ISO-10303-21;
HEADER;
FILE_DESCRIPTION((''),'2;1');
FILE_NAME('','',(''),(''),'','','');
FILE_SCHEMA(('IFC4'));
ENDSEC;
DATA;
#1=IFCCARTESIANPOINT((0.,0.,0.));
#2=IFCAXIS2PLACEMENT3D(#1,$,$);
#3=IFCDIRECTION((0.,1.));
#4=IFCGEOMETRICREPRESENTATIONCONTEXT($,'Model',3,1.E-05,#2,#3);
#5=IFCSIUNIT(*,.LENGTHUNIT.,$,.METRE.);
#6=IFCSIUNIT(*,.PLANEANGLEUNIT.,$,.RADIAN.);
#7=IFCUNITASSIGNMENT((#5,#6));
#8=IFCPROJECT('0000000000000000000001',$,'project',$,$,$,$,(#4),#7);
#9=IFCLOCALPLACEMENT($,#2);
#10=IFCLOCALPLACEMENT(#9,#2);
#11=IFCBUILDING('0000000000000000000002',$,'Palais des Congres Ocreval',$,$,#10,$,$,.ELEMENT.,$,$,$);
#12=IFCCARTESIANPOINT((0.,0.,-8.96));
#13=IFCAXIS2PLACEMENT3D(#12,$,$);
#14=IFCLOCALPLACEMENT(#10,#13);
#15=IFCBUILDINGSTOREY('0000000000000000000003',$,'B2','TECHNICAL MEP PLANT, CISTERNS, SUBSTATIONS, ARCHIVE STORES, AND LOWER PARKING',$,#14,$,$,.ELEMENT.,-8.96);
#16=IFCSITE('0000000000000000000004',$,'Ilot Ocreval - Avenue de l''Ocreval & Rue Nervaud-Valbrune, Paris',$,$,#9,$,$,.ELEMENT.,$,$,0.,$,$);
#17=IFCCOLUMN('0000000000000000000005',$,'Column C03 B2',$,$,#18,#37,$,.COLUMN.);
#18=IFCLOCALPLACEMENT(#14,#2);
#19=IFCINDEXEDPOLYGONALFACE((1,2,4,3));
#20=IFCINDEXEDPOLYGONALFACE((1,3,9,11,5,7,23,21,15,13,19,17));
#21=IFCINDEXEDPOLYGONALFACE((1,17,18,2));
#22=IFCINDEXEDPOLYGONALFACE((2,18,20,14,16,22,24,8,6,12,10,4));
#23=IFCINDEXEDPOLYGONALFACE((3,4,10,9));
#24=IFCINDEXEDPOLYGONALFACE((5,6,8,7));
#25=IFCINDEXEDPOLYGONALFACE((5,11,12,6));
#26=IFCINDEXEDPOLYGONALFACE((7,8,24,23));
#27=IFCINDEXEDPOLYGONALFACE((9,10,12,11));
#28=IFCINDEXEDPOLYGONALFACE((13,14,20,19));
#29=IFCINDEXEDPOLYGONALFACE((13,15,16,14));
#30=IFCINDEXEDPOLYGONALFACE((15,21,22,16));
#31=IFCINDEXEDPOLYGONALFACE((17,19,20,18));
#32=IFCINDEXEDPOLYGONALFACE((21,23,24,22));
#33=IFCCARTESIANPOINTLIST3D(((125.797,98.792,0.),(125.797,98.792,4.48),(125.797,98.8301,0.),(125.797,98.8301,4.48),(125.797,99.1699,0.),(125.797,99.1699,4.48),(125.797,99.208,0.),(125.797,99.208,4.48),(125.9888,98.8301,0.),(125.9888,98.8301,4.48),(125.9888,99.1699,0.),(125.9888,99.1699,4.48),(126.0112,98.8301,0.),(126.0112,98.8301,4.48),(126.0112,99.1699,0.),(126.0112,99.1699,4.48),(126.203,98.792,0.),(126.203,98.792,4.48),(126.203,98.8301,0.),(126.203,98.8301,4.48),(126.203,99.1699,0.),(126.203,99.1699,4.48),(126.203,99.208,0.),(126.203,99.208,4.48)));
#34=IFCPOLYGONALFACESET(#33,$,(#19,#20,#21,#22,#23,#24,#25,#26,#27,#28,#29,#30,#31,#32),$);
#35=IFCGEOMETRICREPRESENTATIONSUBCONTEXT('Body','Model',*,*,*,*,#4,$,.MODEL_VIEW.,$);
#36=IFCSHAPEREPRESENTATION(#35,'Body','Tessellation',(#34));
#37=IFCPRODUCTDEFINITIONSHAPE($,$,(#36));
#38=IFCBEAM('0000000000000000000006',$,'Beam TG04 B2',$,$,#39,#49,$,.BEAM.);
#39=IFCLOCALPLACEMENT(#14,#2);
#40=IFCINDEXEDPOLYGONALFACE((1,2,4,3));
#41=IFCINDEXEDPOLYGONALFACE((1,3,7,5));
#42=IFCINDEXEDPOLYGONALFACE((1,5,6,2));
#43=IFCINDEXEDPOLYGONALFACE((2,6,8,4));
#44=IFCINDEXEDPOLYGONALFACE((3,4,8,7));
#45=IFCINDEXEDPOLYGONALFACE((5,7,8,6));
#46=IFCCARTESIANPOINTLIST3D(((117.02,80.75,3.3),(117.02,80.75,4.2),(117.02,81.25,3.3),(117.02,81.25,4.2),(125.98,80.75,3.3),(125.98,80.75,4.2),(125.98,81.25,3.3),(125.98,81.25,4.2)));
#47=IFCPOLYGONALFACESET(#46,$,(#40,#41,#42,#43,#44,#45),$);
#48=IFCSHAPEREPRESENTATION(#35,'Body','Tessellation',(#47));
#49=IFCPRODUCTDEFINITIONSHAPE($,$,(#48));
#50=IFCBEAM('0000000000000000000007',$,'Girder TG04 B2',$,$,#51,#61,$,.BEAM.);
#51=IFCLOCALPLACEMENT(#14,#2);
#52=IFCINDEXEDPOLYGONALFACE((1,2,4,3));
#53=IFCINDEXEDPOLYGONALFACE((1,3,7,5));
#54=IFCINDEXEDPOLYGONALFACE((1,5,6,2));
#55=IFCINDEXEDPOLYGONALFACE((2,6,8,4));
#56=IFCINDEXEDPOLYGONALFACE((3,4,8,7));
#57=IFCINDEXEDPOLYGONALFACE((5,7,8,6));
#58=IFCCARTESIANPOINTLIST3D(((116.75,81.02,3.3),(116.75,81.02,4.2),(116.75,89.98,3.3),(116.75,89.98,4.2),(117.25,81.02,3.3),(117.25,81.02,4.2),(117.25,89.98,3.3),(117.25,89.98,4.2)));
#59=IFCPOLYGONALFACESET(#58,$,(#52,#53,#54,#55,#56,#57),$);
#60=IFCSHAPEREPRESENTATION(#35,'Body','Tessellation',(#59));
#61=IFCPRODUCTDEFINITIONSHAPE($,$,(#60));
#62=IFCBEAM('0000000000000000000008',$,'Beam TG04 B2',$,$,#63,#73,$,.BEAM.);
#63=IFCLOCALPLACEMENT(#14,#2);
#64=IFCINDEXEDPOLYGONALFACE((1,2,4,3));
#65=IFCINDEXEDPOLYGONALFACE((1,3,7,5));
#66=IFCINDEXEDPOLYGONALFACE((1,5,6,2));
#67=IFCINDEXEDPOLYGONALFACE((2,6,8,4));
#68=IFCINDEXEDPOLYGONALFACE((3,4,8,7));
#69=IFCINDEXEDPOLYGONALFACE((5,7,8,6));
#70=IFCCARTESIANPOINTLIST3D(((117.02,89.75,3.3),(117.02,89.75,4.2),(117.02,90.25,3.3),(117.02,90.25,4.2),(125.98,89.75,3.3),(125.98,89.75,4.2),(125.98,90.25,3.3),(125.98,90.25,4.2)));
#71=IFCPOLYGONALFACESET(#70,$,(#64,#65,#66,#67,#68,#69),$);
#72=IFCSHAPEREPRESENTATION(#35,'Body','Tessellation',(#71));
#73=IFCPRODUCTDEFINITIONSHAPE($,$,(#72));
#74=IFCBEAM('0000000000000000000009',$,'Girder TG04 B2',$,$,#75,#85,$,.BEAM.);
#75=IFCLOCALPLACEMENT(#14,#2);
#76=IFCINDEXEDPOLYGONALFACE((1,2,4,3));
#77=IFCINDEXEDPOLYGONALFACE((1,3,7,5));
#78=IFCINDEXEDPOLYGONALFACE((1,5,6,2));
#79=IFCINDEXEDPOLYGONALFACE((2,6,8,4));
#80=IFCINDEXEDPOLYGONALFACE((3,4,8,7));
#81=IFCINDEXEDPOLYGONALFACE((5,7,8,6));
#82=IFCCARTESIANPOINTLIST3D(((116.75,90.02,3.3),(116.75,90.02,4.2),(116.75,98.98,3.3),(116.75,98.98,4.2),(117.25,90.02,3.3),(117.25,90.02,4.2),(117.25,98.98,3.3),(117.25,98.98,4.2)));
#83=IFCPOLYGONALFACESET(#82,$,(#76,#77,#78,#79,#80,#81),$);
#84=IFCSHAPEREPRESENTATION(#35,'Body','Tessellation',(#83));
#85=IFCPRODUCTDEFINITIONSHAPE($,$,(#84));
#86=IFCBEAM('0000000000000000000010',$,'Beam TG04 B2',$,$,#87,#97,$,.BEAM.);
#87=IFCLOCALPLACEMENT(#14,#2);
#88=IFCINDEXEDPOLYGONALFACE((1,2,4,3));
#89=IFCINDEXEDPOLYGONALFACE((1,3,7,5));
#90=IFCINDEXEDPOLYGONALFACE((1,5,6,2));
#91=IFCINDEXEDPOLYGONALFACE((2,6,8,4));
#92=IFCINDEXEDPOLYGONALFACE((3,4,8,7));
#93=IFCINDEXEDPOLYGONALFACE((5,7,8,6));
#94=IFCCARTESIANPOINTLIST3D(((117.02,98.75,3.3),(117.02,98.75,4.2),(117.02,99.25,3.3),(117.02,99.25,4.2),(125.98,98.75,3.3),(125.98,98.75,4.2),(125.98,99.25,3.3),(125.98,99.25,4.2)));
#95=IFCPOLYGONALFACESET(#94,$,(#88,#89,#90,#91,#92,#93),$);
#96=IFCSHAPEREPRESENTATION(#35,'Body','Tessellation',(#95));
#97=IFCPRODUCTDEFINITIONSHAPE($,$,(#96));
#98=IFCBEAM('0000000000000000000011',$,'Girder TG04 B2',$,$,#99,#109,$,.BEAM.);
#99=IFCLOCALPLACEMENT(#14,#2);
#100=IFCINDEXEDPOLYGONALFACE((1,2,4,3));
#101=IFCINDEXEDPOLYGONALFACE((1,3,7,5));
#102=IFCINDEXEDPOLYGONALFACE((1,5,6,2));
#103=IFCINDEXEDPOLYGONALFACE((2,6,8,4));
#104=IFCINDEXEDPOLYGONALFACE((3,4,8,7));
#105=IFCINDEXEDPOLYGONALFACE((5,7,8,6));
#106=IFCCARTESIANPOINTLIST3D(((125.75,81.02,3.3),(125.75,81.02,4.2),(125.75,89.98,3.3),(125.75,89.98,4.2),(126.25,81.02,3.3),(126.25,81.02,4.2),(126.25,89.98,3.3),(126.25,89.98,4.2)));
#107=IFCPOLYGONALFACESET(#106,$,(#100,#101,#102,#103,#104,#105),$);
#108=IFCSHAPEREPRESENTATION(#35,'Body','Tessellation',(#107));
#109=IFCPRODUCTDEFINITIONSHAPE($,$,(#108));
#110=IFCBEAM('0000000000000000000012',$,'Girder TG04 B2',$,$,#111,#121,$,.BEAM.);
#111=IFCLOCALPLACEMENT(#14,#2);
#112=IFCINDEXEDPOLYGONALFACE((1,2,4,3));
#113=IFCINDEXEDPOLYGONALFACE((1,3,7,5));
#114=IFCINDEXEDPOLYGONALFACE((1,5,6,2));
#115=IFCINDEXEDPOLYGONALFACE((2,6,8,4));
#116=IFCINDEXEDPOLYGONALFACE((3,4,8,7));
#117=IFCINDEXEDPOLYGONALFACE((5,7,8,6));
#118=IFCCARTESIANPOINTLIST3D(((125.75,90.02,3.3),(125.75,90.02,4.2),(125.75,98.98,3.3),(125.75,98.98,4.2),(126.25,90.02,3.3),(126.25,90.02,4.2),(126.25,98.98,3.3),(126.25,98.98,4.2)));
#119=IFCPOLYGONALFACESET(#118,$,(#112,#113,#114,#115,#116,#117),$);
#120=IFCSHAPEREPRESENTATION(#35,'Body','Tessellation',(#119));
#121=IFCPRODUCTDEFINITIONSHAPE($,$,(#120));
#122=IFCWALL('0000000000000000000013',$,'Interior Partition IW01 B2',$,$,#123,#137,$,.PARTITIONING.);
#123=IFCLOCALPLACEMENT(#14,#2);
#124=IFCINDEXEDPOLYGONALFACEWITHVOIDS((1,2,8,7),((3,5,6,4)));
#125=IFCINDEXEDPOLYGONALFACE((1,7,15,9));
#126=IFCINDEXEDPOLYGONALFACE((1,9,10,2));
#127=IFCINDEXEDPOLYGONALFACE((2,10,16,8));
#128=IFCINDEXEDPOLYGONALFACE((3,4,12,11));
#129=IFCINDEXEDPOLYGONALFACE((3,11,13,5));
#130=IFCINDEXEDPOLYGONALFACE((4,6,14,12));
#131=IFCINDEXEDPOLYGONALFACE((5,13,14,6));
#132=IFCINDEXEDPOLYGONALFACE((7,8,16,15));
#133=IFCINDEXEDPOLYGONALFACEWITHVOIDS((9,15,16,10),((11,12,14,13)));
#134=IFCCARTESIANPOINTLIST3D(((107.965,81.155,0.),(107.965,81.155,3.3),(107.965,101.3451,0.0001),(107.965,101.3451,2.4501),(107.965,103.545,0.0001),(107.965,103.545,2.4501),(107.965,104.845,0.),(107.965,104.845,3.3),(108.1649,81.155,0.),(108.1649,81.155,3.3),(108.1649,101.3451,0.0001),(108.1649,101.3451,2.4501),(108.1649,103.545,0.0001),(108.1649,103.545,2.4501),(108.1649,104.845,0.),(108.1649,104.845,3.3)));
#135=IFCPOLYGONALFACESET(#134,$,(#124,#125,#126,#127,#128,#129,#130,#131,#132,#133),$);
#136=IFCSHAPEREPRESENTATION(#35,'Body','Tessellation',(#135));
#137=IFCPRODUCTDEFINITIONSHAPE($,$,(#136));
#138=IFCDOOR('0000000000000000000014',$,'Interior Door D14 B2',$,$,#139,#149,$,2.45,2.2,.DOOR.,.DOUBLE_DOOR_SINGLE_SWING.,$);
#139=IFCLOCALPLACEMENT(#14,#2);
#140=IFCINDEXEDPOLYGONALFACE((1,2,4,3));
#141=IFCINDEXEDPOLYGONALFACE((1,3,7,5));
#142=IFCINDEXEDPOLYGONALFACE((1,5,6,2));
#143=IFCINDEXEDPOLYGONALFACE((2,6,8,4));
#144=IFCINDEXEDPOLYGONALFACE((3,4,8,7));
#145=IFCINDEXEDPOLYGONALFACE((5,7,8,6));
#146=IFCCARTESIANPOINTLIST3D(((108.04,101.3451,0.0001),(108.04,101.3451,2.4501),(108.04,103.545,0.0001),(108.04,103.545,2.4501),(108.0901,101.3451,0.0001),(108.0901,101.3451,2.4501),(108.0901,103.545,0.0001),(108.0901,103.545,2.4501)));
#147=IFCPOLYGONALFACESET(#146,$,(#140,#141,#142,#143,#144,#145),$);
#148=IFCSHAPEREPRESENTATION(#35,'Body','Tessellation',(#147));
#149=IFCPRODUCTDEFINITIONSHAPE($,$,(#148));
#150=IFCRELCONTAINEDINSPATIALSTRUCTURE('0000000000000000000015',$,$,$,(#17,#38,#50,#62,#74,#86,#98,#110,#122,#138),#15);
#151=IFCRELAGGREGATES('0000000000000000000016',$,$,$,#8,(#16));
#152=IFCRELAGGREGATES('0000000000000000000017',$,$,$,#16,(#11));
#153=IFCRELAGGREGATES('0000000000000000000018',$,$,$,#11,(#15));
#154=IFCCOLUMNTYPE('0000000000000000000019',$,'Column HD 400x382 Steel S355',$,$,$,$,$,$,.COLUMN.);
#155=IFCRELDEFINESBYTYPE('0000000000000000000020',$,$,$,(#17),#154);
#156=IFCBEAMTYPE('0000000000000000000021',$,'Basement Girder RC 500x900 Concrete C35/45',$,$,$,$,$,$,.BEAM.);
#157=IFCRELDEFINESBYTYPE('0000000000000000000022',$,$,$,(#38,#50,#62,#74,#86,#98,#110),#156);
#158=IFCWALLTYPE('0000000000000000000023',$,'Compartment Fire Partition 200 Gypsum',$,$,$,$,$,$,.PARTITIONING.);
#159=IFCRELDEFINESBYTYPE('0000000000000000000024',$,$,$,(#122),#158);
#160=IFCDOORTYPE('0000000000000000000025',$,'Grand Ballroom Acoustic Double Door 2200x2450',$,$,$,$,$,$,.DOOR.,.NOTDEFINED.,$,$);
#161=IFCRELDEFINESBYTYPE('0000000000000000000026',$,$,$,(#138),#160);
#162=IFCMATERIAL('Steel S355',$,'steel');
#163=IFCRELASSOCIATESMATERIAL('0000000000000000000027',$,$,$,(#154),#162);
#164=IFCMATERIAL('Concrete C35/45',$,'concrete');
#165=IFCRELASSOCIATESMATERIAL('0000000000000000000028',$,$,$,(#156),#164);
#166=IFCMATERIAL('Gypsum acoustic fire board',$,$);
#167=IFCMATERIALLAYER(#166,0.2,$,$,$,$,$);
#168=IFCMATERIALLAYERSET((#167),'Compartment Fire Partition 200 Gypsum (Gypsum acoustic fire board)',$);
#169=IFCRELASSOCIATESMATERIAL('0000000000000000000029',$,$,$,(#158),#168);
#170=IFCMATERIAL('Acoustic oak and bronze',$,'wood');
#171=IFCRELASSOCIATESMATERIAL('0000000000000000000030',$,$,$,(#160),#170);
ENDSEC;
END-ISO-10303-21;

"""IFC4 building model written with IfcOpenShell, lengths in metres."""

from ifc_helpers import new_model, si_unit, direction, frame, frame_2d, origin, origin_2d, place, context, subcontext, project, spatial, rectangle, i_section, extrude, material, layer, layer_set, material_profile, profile_set, type_object, element, fill, save


model = new_model("IFC4")

# Units and contexts
model_context = context("Model", 3, precision=1e-05, world=origin(), true_north=direction((0.0, 1.0)))
body_context = subcontext(model_context, "Body", "Model", "MODEL_VIEW")
ifc_project = project(units=[si_unit("LENGTHUNIT", "METRE"), si_unit("PLANEANGLEUNIT", "RADIAN")], contexts=[model_context])

# Site, building, storey
site_placement = place(None, origin())
site = spatial("IfcSite", under=ifc_project, at=site_placement, Name="Ilot Ocreval - Avenue de l'Ocreval & Rue Nervaud-Valbrune, Paris", CompositionType="ELEMENT", RefElevation=0.0)
building_placement = place(site_placement, origin())
building = spatial("IfcBuilding", under=site, at=building_placement, Name="Palais des Congres Ocreval", CompositionType="ELEMENT")
storey_placement = place(building_placement, frame((0.0, 0.0, -8.96)))
storey = spatial("IfcBuildingStorey", under=building, at=storey_placement, Name="B2", Description="TECHNICAL MEP PLANT, CISTERNS, SUBSTATIONS, ARCHIVE STORES, AND LOWER PARKING", CompositionType="ELEMENT", Elevation=-8.96)

# Shared definitions
ifc_material_1 = material(Name="Concrete C35/45", Category="concrete")

# Column
ifc_material_2 = material(Name="Steel S355", Category="steel")
ifc_material_profile_1 = material_profile(ifc_material_2, i_section(OverallWidth=0.406, OverallDepth=0.416, WebThickness=0.0225, FlangeThickness=0.0381, at=origin_2d()), Name="HD 400x382")
ifc_profile_set_1 = profile_set([ifc_material_profile_1], Name="Steel S355")
column_type = type_object("IfcColumnType", Name="Column HD 400x382 Steel S355", PredefinedType="COLUMN", material=ifc_profile_set_1)
for number, where, z_axis, x_axis, name in (
    (1, (126.0, 99.0, 0.0), (0.0, 0.0, 1.0), (1.0, 0.0, 0.0), "Column C03 B2"),
):
    element("IfcColumn", number, at=place(storey_placement, frame(where, z_axis=z_axis, x_axis=x_axis)), inside=storey, type_object=column_type, Name=name, PredefinedType="COLUMN", context=body_context, shape_type="SweptSolid", body=[
        extrude(i_section(OverallWidth=0.406, OverallDepth=0.416, WebThickness=0.0225, FlangeThickness=0.0381, at=origin_2d()), origin(), (0.0, 0.0, 1.0), 4.48),
    ])

# Beams
ifc_material_profile_2 = material_profile(ifc_material_1, rectangle(XDim=0.5, YDim=0.8999, at=origin_2d()), Name="RC 500x900")
ifc_profile_set_2 = profile_set([ifc_material_profile_2], Name="Concrete C35/45")
beam_type = type_object("IfcBeamType", Name="Basement Girder RC 500x900 Concrete C35/45", PredefinedType="BEAM", material=ifc_profile_set_2)
for number, where, z_axis, x_axis, name in (
    (2, (117.02, 81.0, 3.75), (1.0, 0.0, 0.0), (0.0, 1.0, 0.0), "Beam TG04 B2"),
    (3, (117.0, 81.02, 3.75), (0.0, 1.0, 0.0), (-1.0, 0.0, 0.0), "Girder TG04 B2"),
    (4, (117.02, 90.0, 3.75), (1.0, 0.0, 0.0), (0.0, 1.0, 0.0), "Beam TG04 B2"),
    (5, (117.0, 90.02, 3.75), (0.0, 1.0, 0.0), (-1.0, 0.0, 0.0), "Girder TG04 B2"),
    (6, (117.02, 99.0, 3.75), (1.0, 0.0, 0.0), (0.0, 1.0, 0.0), "Beam TG04 B2"),
    (7, (126.0, 81.02, 3.75), (0.0, 1.0, 0.0), (-1.0, 0.0, 0.0), "Girder TG04 B2"),
    (8, (126.0, 90.02, 3.75), (0.0, 1.0, 0.0), (-1.0, 0.0, 0.0), "Girder TG04 B2"),
):
    element("IfcBeam", number, at=place(storey_placement, frame(where, z_axis=z_axis, x_axis=x_axis)), inside=storey, type_object=beam_type, Name=name, PredefinedType="BEAM", context=body_context, shape_type="SweptSolid", body=[
        extrude(rectangle(XDim=0.5, YDim=0.8999, at=origin_2d()), origin(), (0.0, 0.0, 1.0), 8.96),
    ])

# Wall, opening, door
ifc_material_3 = material(Name="Gypsum acoustic fire board")
ifc_layer = layer(ifc_material_3, 0.2)
ifc_layer_set = layer_set([ifc_layer], Name="Compartment Fire Partition 200 Gypsum (Gypsum acoustic fire board)")
wall_type = type_object("IfcWallType", Name="Compartment Fire Partition 200 Gypsum", PredefinedType="PARTITIONING", material=ifc_layer_set)
wall_placement = place(storey_placement, frame((108.0649, 81.155, 0.0), z_axis=(0.0, 0.0, 1.0), x_axis=(0.0, 1.0, 0.0)))
wall = element("IfcWall", 9, at=wall_placement, inside=storey, type_object=wall_type, Name="Interior Partition IW01 B2", PredefinedType="PARTITIONING", context=body_context, shape_type="SweptSolid", body=[
    extrude(rectangle(XDim=23.6899, YDim=0.2, at=frame_2d((11.845, 0.0))), origin(), (0.0, 0.0, 1.0), 3.3),
])
opening_placement = place(wall_placement, frame((20.1899, 0.0, 0.0)))
opening = element("IfcOpeningElement", 10, at=opening_placement, cuts=wall, PredefinedType="OPENING", context=body_context, shape_type="SweptSolid", body=[
    extrude(rectangle(XDim=2.2, YDim=2.45, at=frame_2d((1.1001, 1.2251))), frame((0.0, 0.1099, 0.0), z_axis=(0.0, -1.0, 0.0), x_axis=(1.0, 0.0, 0.0)), (0.0, 0.0, 1.0), 0.22),
])
ifc_material_4 = material(Name="Acoustic oak and bronze", Category="wood")
door_type = type_object("IfcDoorType", Name="Grand Ballroom Acoustic Double Door 2200x2450", OperationType="NOTDEFINED", PredefinedType="DOOR", material=ifc_material_4)
door_placement = place(opening_placement, origin())
door = element("IfcDoor", 11, at=door_placement, inside=storey, type_object=door_type, Name="Interior Door D14 B2", OperationType="DOUBLE_DOOR_SINGLE_SWING", OverallHeight=2.45, OverallWidth=2.2, PredefinedType="DOOR", context=body_context, shape_type="SweptSolid", body=[
    extrude(rectangle(XDim=2.2, YDim=2.45, at=frame_2d((1.1001, 1.2251))), frame((0.0, 0.0249, 0.0), z_axis=(0.0, -1.0, 0.0), x_axis=(1.0, 0.0, 0.0)), (0.0, 0.0, 1.0), 0.05),
])
fill(opening, door)

save(model, "model.ifc")
